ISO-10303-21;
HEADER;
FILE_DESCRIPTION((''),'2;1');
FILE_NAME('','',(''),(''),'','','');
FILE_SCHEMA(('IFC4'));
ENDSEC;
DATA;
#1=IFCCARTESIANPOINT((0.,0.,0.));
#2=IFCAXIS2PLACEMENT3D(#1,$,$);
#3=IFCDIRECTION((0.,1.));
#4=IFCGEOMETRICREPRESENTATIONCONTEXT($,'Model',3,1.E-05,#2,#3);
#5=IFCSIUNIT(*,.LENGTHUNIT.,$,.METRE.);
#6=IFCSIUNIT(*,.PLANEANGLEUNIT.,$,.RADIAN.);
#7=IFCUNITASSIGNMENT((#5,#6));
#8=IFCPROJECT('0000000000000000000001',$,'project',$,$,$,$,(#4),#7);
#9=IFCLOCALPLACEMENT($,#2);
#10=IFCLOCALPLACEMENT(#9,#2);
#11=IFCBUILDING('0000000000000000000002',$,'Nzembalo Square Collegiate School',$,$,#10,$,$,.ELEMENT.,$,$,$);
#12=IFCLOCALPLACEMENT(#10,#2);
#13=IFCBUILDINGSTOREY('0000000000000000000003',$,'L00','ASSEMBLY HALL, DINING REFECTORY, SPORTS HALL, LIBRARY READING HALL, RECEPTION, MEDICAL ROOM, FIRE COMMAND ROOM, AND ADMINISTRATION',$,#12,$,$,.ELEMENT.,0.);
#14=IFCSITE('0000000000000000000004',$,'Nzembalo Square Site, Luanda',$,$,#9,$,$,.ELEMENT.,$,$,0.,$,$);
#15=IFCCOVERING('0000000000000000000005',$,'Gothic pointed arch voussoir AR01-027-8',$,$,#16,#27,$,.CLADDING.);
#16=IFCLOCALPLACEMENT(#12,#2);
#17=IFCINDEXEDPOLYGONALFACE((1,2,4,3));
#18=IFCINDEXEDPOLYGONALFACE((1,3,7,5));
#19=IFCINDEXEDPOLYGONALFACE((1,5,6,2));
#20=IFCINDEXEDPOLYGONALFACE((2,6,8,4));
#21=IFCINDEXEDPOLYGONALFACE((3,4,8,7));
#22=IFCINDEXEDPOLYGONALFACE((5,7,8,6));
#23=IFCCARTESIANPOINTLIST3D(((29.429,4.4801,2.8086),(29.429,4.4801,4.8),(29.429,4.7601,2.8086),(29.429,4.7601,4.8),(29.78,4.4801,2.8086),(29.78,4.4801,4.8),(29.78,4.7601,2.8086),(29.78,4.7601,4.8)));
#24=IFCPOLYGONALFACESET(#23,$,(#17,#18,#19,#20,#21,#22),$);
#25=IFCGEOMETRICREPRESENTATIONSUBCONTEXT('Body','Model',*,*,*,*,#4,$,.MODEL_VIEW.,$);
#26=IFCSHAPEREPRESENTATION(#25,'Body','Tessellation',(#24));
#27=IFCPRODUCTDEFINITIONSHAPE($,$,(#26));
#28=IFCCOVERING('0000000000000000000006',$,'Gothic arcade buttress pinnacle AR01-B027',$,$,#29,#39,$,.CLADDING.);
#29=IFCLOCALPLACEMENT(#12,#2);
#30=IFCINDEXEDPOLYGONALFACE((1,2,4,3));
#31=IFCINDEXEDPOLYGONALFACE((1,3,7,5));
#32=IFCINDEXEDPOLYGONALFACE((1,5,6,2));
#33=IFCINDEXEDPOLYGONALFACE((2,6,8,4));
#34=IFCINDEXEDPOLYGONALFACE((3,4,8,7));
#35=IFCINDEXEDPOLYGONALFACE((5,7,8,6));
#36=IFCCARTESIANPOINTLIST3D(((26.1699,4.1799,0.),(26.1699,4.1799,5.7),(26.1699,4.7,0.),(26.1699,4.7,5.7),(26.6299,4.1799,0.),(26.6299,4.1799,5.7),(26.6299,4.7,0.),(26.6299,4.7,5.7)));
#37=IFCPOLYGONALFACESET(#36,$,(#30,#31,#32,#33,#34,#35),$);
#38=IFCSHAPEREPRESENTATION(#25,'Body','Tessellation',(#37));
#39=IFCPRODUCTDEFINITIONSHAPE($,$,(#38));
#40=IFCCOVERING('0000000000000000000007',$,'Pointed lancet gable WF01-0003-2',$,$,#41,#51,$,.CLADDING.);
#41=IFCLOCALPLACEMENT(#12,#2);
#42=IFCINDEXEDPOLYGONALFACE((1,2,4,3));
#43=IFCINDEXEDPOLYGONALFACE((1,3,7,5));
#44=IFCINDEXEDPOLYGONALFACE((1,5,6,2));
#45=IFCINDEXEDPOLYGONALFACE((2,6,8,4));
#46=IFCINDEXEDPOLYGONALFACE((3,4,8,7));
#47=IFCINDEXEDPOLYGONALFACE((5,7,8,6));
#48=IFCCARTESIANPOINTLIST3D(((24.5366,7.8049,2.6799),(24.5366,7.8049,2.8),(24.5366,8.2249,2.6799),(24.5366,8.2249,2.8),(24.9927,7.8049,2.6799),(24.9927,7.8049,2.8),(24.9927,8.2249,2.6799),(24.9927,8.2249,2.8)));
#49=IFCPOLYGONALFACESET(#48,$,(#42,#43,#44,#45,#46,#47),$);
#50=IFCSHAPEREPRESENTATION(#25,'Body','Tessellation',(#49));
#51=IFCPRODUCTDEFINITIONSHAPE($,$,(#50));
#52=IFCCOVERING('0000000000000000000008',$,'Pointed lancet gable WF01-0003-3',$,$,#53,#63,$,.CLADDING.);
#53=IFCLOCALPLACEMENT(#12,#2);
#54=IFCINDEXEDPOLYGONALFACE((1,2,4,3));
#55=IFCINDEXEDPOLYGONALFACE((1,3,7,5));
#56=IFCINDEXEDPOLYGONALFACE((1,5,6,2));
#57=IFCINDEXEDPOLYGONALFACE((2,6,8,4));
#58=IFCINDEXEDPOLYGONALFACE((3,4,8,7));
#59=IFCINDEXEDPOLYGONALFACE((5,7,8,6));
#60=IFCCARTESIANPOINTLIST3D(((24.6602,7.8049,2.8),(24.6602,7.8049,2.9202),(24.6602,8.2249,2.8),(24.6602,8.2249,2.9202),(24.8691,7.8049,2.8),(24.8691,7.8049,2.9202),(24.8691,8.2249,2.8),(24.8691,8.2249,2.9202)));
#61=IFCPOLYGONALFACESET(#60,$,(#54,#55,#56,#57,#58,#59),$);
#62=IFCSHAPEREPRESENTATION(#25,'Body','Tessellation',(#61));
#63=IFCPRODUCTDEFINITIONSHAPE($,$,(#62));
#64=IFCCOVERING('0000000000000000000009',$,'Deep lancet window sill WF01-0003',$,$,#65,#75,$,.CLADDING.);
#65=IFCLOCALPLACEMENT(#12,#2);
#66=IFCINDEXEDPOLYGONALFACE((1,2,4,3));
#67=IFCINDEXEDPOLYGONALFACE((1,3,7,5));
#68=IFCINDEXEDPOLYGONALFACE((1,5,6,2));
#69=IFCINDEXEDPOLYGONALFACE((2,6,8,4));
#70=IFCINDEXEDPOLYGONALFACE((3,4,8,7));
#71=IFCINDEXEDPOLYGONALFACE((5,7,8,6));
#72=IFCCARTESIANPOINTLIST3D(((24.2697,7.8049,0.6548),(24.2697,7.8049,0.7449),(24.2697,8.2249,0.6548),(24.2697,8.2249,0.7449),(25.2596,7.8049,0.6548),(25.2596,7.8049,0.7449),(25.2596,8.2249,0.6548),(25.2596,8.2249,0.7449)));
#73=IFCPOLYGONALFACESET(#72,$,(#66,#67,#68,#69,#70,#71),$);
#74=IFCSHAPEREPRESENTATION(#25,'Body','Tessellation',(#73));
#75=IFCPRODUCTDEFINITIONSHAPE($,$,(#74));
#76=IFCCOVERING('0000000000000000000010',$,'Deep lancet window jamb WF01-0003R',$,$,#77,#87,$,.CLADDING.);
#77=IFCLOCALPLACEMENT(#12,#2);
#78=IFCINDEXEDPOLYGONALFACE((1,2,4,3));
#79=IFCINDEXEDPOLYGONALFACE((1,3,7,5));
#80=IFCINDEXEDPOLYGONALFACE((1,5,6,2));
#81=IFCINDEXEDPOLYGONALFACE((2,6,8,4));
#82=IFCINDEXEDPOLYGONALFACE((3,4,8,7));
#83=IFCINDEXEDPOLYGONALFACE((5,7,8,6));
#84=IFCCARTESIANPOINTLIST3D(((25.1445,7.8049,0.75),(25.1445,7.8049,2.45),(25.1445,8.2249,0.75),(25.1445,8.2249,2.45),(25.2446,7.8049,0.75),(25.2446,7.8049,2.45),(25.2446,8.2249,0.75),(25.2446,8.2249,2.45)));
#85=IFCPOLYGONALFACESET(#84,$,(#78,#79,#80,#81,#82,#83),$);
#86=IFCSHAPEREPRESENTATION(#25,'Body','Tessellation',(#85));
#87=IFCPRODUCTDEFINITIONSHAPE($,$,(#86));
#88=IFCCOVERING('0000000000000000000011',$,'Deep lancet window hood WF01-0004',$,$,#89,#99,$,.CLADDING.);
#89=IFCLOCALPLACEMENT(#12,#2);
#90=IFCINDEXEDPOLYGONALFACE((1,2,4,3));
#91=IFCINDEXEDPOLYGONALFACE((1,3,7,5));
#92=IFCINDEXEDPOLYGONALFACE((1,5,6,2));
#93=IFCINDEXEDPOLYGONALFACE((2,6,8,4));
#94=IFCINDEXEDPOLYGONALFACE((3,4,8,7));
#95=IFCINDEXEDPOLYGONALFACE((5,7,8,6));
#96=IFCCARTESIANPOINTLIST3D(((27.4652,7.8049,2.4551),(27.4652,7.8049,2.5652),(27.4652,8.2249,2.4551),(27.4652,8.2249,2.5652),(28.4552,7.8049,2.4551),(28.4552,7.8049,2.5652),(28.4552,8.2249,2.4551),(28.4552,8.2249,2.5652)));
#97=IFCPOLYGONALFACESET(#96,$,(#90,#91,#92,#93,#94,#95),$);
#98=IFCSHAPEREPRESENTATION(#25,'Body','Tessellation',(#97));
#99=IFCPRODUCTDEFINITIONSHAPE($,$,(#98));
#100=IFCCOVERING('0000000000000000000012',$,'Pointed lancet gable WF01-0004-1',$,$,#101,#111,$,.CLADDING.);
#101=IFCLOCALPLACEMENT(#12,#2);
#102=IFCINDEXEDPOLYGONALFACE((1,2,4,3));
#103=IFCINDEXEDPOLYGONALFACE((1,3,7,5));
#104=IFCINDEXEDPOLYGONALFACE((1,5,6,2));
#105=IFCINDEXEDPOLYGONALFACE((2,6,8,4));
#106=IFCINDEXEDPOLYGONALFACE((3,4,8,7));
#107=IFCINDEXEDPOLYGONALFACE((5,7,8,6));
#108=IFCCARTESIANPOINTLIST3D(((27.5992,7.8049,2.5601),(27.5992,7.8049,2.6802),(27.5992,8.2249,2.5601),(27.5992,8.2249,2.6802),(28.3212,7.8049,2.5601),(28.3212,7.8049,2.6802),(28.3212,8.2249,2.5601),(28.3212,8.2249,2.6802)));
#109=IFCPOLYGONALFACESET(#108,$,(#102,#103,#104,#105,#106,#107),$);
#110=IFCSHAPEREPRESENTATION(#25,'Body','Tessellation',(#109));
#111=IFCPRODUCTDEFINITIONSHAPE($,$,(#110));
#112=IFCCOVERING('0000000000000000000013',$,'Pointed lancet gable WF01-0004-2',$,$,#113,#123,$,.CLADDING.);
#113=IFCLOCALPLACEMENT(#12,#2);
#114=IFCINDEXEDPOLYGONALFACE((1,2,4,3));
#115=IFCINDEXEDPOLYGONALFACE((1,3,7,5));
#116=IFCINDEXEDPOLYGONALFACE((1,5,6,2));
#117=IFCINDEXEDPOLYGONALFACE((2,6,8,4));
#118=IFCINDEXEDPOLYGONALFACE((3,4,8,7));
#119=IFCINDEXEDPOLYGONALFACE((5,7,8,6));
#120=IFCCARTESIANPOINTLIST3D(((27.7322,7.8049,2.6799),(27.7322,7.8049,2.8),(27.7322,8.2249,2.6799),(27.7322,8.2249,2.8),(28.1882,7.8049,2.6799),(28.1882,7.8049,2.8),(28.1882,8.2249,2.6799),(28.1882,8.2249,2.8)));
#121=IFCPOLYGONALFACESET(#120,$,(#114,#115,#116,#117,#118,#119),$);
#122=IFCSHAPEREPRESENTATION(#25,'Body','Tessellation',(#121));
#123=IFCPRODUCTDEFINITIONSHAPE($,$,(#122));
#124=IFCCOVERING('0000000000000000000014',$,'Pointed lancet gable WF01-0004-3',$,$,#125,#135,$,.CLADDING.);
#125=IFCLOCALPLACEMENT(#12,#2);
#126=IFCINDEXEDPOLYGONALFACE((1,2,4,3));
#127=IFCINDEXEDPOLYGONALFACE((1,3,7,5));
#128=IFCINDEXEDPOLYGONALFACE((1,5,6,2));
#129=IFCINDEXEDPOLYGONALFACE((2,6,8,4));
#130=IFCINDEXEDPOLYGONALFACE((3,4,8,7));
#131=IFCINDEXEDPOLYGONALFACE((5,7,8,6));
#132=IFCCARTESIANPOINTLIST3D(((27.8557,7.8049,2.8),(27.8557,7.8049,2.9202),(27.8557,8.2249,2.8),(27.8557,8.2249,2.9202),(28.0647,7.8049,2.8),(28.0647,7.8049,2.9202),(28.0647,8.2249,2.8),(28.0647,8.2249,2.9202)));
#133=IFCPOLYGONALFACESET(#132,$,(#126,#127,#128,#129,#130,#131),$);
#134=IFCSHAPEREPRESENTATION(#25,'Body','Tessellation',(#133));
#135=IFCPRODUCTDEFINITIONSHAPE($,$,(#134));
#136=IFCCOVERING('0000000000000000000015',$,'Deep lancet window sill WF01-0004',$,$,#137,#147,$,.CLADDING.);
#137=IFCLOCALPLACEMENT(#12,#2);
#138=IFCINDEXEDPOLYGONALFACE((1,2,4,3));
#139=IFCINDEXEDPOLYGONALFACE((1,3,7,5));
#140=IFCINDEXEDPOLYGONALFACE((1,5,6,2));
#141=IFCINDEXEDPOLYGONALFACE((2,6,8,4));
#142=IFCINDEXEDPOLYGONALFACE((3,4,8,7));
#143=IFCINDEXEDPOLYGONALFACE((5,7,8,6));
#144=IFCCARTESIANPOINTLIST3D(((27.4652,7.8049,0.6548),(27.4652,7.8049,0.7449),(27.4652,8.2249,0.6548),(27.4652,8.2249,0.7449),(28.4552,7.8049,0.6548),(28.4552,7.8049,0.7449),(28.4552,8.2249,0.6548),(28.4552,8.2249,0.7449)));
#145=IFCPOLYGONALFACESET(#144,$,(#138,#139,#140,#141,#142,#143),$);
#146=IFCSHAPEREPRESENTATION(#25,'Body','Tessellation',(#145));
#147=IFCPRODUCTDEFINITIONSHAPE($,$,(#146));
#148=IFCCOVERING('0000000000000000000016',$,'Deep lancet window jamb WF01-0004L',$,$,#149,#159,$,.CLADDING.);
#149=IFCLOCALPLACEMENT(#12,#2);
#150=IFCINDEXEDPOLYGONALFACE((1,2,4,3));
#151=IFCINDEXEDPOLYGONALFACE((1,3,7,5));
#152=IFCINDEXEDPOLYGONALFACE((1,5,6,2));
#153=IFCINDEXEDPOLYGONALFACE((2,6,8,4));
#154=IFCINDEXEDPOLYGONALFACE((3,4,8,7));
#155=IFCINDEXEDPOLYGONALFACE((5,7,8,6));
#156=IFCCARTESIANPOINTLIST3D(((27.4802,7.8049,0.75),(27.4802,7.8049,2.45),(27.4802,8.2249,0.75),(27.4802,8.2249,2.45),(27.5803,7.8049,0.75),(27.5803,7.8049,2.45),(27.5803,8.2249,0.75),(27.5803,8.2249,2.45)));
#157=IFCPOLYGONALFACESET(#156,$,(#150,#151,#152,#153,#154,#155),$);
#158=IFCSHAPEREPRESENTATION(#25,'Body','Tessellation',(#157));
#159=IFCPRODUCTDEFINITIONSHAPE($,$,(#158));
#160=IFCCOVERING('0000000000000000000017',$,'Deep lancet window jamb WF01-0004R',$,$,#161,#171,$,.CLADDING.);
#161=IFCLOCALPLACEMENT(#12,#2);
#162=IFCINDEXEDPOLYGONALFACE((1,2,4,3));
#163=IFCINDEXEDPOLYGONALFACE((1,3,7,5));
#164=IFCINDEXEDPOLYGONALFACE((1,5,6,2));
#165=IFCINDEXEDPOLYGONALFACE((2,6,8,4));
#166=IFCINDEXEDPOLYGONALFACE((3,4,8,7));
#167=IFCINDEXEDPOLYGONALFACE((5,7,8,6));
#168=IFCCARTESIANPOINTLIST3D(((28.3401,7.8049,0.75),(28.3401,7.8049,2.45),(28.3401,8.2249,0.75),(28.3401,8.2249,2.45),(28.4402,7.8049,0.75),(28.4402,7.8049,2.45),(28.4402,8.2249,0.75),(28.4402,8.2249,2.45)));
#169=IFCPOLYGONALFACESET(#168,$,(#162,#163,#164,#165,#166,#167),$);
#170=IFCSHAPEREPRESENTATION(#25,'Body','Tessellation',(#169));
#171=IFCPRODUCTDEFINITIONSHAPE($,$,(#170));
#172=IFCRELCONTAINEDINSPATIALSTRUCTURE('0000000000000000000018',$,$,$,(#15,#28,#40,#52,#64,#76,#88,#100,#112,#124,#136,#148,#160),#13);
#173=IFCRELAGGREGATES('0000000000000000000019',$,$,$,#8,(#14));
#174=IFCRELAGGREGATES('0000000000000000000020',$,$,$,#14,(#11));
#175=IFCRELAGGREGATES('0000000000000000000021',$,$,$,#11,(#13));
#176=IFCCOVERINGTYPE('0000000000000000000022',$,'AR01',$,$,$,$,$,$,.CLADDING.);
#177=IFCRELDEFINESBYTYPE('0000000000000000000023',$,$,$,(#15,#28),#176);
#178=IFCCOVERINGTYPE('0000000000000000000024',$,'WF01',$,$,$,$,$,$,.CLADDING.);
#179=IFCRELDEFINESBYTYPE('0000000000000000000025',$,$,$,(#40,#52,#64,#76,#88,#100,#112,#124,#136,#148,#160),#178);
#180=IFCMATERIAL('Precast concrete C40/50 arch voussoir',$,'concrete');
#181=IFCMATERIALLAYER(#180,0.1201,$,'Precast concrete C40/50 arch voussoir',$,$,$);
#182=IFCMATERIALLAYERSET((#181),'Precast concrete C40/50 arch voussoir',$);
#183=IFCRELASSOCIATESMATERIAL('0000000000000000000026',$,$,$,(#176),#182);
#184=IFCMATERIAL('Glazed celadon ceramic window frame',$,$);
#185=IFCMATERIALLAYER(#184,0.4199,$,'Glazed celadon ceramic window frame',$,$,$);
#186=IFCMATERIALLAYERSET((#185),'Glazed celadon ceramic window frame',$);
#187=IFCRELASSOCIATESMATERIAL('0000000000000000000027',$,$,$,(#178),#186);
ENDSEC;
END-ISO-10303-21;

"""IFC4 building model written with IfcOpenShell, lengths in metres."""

from ifc_helpers import new_model, si_unit, direction, frame, origin, origin_2d, place, context, subcontext, project, spatial, rectangle, extrude, material, layer, layer_set, type_object, element, save


model = new_model("IFC4")

# Units and contexts
model_context = context("Model", 3, precision=1e-05, world=origin(), true_north=direction((0.0, 1.0)))
body_context = subcontext(model_context, "Body", "Model", "MODEL_VIEW")
ifc_project = project(units=[si_unit("LENGTHUNIT", "METRE"), si_unit("PLANEANGLEUNIT", "RADIAN")], contexts=[model_context])

# Site, building, storey
site_placement = place(None, origin())
site = spatial("IfcSite", under=ifc_project, at=site_placement, Name="Nzembalo Square Site, Luanda", CompositionType="ELEMENT", RefElevation=0.0)
building_placement = place(site_placement, origin())
building = spatial("IfcBuilding", under=site, at=building_placement, Name="Nzembalo Square Collegiate School", CompositionType="ELEMENT")
storey_placement = place(building_placement, origin())
storey = spatial("IfcBuildingStorey", under=building, at=storey_placement, Name="L00", Description="ASSEMBLY HALL, DINING REFECTORY, SPORTS HALL, LIBRARY READING HALL, RECEPTION, MEDICAL ROOM, FIRE COMMAND ROOM, AND ADMINISTRATION", CompositionType="ELEMENT", Elevation=0.0)

# Coverings
ifc_material_1 = material(Name="Precast concrete C40/50 arch voussoir", Category="concrete")
ifc_layer_1 = layer(ifc_material_1, 0.1201, Name="Precast concrete C40/50 arch voussoir")
ifc_layer_set_1 = layer_set([ifc_layer_1], Name="Precast concrete C40/50 arch voussoir")
covering_type_1 = type_object("IfcCoveringType", Name="AR01", PredefinedType="CLADDING", material=ifc_layer_set_1)
covering_1_placement = place(storey_placement, frame((29.6045, 4.6201, 2.8086), z_axis=(0.0, 0.0, 1.0), x_axis=(1.0, 0.0, 0.0)))
element("IfcCovering", 1, at=covering_1_placement, inside=storey, type_object=covering_type_1, Name="Gothic pointed arch voussoir AR01-027-8", PredefinedType="CLADDING", context=body_context, shape_type="SweptSolid", body=[
    extrude(rectangle(XDim=0.3511, YDim=0.28, at=origin_2d()), origin(), (0.0, 0.0, 1.0), 1.9915),
])
covering_2_placement = place(storey_placement, frame((26.3999, 4.4399, 0.0), z_axis=(0.0, 0.0, 1.0), x_axis=(1.0, 0.0, 0.0)))
element("IfcCovering", 2, at=covering_2_placement, inside=storey, type_object=covering_type_1, Name="Gothic arcade buttress pinnacle AR01-B027", PredefinedType="CLADDING", context=body_context, shape_type="SweptSolid", body=[
    extrude(rectangle(XDim=0.46, YDim=0.52, at=origin_2d()), origin(), (0.0, 0.0, 1.0), 5.7),
])
ifc_material_2 = material(Name="Glazed celadon ceramic window frame")
ifc_layer_2 = layer(ifc_material_2, 0.4199, Name="Glazed celadon ceramic window frame")
ifc_layer_set_2 = layer_set([ifc_layer_2], Name="Glazed celadon ceramic window frame")
covering_type_2 = type_object("IfcCoveringType", Name="WF01", PredefinedType="CLADDING", material=ifc_layer_set_2)
covering_3_placement = place(storey_placement, frame((24.7646, 8.0149, 2.6799), z_axis=(0.0, 0.0, 1.0), x_axis=(1.0, 0.0, 0.0)))
element("IfcCovering", 3, at=covering_3_placement, inside=storey, type_object=covering_type_2, Name="Pointed lancet gable WF01-0003-2", PredefinedType="CLADDING", context=body_context, shape_type="SweptSolid", body=[
    extrude(rectangle(XDim=0.4561, YDim=0.4199, at=origin_2d()), origin(), (0.0, 0.0, 1.0), 0.1201),
])
covering_4_placement = place(storey_placement, frame((24.7646, 8.0149, 2.8), z_axis=(0.0, 0.0, 1.0), x_axis=(1.0, 0.0, 0.0)))
element("IfcCovering", 4, at=covering_4_placement, inside=storey, type_object=covering_type_2, Name="Pointed lancet gable WF01-0003-3", PredefinedType="CLADDING", context=body_context, shape_type="SweptSolid", body=[
    extrude(rectangle(XDim=0.209, YDim=0.4199, at=origin_2d()), origin(), (0.0, 0.0, 1.0), 0.1201),
])
covering_5_placement = place(storey_placement, frame((24.7646, 8.0149, 0.6548), z_axis=(0.0, 0.0, 1.0), x_axis=(1.0, 0.0, 0.0)))
element("IfcCovering", 5, at=covering_5_placement, inside=storey, type_object=covering_type_2, Name="Deep lancet window sill WF01-0003", PredefinedType="CLADDING", context=body_context, shape_type="SweptSolid", body=[
    extrude(rectangle(XDim=0.99, YDim=0.4199, at=origin_2d()), origin(), (0.0, 0.0, 1.0), 0.0901),
])
covering_6_placement = place(storey_placement, frame((25.1946, 8.0149, 0.75), z_axis=(0.0, 0.0, 1.0), x_axis=(1.0, 0.0, 0.0)))
element("IfcCovering", 6, at=covering_6_placement, inside=storey, type_object=covering_type_2, Name="Deep lancet window jamb WF01-0003R", PredefinedType="CLADDING", context=body_context, shape_type="SweptSolid", body=[
    extrude(rectangle(XDim=0.1001, YDim=0.4199, at=origin_2d()), origin(), (0.0, 0.0, 1.0), 1.7),
])
covering_7_placement = place(storey_placement, frame((27.9602, 8.0149, 2.4551), z_axis=(0.0, 0.0, 1.0), x_axis=(1.0, 0.0, 0.0)))
element("IfcCovering", 7, at=covering_7_placement, inside=storey, type_object=covering_type_2, Name="Deep lancet window hood WF01-0004", PredefinedType="CLADDING", context=body_context, shape_type="SweptSolid", body=[
    extrude(rectangle(XDim=0.99, YDim=0.4199, at=origin_2d()), origin(), (0.0, 0.0, 1.0), 0.1101),
])
covering_8_placement = place(storey_placement, frame((27.9602, 8.0149, 2.5601), z_axis=(0.0, 0.0, 1.0), x_axis=(1.0, 0.0, 0.0)))
element("IfcCovering", 8, at=covering_8_placement, inside=storey, type_object=covering_type_2, Name="Pointed lancet gable WF01-0004-1", PredefinedType="CLADDING", context=body_context, shape_type="SweptSolid", body=[
    extrude(rectangle(XDim=0.7219, YDim=0.4199, at=origin_2d()), origin(), (0.0, 0.0, 1.0), 0.1201),
])
covering_9_placement = place(storey_placement, frame((27.9602, 8.0149, 2.6799), z_axis=(0.0, 0.0, 1.0), x_axis=(1.0, 0.0, 0.0)))
element("IfcCovering", 9, at=covering_9_placement, inside=storey, type_object=covering_type_2, Name="Pointed lancet gable WF01-0004-2", PredefinedType="CLADDING", context=body_context, shape_type="SweptSolid", body=[
    extrude(rectangle(XDim=0.4561, YDim=0.4199, at=origin_2d()), origin(), (0.0, 0.0, 1.0), 0.1201),
])
covering_10_placement = place(storey_placement, frame((27.9602, 8.0149, 2.8), z_axis=(0.0, 0.0, 1.0), x_axis=(1.0, 0.0, 0.0)))
element("IfcCovering", 10, at=covering_10_placement, inside=storey, type_object=covering_type_2, Name="Pointed lancet gable WF01-0004-3", PredefinedType="CLADDING", context=body_context, shape_type="SweptSolid", body=[
    extrude(rectangle(XDim=0.209, YDim=0.4199, at=origin_2d()), origin(), (0.0, 0.0, 1.0), 0.1201),
])
covering_11_placement = place(storey_placement, frame((27.9602, 8.0149, 0.6548), z_axis=(0.0, 0.0, 1.0), x_axis=(1.0, 0.0, 0.0)))
element("IfcCovering", 11, at=covering_11_placement, inside=storey, type_object=covering_type_2, Name="Deep lancet window sill WF01-0004", PredefinedType="CLADDING", context=body_context, shape_type="SweptSolid", body=[
    extrude(rectangle(XDim=0.99, YDim=0.4199, at=origin_2d()), origin(), (0.0, 0.0, 1.0), 0.0901),
])
for number, where, z_axis, x_axis, name in (
    (12, (27.5303, 8.0149, 0.75), (0.0, 0.0, 1.0), (1.0, 0.0, 0.0), "Deep lancet window jamb WF01-0004L"),
    (13, (28.3901, 8.0149, 0.75), (0.0, 0.0, 1.0), (1.0, 0.0, 0.0), "Deep lancet window jamb WF01-0004R"),
):
    element("IfcCovering", number, at=place(storey_placement, frame(where, z_axis=z_axis, x_axis=x_axis)), inside=storey, type_object=covering_type_2, Name=name, PredefinedType="CLADDING", context=body_context, shape_type="SweptSolid", body=[
        extrude(rectangle(XDim=0.1001, YDim=0.4199, at=origin_2d()), origin(), (0.0, 0.0, 1.0), 1.7),
    ])

save(model, "model.ifc")
